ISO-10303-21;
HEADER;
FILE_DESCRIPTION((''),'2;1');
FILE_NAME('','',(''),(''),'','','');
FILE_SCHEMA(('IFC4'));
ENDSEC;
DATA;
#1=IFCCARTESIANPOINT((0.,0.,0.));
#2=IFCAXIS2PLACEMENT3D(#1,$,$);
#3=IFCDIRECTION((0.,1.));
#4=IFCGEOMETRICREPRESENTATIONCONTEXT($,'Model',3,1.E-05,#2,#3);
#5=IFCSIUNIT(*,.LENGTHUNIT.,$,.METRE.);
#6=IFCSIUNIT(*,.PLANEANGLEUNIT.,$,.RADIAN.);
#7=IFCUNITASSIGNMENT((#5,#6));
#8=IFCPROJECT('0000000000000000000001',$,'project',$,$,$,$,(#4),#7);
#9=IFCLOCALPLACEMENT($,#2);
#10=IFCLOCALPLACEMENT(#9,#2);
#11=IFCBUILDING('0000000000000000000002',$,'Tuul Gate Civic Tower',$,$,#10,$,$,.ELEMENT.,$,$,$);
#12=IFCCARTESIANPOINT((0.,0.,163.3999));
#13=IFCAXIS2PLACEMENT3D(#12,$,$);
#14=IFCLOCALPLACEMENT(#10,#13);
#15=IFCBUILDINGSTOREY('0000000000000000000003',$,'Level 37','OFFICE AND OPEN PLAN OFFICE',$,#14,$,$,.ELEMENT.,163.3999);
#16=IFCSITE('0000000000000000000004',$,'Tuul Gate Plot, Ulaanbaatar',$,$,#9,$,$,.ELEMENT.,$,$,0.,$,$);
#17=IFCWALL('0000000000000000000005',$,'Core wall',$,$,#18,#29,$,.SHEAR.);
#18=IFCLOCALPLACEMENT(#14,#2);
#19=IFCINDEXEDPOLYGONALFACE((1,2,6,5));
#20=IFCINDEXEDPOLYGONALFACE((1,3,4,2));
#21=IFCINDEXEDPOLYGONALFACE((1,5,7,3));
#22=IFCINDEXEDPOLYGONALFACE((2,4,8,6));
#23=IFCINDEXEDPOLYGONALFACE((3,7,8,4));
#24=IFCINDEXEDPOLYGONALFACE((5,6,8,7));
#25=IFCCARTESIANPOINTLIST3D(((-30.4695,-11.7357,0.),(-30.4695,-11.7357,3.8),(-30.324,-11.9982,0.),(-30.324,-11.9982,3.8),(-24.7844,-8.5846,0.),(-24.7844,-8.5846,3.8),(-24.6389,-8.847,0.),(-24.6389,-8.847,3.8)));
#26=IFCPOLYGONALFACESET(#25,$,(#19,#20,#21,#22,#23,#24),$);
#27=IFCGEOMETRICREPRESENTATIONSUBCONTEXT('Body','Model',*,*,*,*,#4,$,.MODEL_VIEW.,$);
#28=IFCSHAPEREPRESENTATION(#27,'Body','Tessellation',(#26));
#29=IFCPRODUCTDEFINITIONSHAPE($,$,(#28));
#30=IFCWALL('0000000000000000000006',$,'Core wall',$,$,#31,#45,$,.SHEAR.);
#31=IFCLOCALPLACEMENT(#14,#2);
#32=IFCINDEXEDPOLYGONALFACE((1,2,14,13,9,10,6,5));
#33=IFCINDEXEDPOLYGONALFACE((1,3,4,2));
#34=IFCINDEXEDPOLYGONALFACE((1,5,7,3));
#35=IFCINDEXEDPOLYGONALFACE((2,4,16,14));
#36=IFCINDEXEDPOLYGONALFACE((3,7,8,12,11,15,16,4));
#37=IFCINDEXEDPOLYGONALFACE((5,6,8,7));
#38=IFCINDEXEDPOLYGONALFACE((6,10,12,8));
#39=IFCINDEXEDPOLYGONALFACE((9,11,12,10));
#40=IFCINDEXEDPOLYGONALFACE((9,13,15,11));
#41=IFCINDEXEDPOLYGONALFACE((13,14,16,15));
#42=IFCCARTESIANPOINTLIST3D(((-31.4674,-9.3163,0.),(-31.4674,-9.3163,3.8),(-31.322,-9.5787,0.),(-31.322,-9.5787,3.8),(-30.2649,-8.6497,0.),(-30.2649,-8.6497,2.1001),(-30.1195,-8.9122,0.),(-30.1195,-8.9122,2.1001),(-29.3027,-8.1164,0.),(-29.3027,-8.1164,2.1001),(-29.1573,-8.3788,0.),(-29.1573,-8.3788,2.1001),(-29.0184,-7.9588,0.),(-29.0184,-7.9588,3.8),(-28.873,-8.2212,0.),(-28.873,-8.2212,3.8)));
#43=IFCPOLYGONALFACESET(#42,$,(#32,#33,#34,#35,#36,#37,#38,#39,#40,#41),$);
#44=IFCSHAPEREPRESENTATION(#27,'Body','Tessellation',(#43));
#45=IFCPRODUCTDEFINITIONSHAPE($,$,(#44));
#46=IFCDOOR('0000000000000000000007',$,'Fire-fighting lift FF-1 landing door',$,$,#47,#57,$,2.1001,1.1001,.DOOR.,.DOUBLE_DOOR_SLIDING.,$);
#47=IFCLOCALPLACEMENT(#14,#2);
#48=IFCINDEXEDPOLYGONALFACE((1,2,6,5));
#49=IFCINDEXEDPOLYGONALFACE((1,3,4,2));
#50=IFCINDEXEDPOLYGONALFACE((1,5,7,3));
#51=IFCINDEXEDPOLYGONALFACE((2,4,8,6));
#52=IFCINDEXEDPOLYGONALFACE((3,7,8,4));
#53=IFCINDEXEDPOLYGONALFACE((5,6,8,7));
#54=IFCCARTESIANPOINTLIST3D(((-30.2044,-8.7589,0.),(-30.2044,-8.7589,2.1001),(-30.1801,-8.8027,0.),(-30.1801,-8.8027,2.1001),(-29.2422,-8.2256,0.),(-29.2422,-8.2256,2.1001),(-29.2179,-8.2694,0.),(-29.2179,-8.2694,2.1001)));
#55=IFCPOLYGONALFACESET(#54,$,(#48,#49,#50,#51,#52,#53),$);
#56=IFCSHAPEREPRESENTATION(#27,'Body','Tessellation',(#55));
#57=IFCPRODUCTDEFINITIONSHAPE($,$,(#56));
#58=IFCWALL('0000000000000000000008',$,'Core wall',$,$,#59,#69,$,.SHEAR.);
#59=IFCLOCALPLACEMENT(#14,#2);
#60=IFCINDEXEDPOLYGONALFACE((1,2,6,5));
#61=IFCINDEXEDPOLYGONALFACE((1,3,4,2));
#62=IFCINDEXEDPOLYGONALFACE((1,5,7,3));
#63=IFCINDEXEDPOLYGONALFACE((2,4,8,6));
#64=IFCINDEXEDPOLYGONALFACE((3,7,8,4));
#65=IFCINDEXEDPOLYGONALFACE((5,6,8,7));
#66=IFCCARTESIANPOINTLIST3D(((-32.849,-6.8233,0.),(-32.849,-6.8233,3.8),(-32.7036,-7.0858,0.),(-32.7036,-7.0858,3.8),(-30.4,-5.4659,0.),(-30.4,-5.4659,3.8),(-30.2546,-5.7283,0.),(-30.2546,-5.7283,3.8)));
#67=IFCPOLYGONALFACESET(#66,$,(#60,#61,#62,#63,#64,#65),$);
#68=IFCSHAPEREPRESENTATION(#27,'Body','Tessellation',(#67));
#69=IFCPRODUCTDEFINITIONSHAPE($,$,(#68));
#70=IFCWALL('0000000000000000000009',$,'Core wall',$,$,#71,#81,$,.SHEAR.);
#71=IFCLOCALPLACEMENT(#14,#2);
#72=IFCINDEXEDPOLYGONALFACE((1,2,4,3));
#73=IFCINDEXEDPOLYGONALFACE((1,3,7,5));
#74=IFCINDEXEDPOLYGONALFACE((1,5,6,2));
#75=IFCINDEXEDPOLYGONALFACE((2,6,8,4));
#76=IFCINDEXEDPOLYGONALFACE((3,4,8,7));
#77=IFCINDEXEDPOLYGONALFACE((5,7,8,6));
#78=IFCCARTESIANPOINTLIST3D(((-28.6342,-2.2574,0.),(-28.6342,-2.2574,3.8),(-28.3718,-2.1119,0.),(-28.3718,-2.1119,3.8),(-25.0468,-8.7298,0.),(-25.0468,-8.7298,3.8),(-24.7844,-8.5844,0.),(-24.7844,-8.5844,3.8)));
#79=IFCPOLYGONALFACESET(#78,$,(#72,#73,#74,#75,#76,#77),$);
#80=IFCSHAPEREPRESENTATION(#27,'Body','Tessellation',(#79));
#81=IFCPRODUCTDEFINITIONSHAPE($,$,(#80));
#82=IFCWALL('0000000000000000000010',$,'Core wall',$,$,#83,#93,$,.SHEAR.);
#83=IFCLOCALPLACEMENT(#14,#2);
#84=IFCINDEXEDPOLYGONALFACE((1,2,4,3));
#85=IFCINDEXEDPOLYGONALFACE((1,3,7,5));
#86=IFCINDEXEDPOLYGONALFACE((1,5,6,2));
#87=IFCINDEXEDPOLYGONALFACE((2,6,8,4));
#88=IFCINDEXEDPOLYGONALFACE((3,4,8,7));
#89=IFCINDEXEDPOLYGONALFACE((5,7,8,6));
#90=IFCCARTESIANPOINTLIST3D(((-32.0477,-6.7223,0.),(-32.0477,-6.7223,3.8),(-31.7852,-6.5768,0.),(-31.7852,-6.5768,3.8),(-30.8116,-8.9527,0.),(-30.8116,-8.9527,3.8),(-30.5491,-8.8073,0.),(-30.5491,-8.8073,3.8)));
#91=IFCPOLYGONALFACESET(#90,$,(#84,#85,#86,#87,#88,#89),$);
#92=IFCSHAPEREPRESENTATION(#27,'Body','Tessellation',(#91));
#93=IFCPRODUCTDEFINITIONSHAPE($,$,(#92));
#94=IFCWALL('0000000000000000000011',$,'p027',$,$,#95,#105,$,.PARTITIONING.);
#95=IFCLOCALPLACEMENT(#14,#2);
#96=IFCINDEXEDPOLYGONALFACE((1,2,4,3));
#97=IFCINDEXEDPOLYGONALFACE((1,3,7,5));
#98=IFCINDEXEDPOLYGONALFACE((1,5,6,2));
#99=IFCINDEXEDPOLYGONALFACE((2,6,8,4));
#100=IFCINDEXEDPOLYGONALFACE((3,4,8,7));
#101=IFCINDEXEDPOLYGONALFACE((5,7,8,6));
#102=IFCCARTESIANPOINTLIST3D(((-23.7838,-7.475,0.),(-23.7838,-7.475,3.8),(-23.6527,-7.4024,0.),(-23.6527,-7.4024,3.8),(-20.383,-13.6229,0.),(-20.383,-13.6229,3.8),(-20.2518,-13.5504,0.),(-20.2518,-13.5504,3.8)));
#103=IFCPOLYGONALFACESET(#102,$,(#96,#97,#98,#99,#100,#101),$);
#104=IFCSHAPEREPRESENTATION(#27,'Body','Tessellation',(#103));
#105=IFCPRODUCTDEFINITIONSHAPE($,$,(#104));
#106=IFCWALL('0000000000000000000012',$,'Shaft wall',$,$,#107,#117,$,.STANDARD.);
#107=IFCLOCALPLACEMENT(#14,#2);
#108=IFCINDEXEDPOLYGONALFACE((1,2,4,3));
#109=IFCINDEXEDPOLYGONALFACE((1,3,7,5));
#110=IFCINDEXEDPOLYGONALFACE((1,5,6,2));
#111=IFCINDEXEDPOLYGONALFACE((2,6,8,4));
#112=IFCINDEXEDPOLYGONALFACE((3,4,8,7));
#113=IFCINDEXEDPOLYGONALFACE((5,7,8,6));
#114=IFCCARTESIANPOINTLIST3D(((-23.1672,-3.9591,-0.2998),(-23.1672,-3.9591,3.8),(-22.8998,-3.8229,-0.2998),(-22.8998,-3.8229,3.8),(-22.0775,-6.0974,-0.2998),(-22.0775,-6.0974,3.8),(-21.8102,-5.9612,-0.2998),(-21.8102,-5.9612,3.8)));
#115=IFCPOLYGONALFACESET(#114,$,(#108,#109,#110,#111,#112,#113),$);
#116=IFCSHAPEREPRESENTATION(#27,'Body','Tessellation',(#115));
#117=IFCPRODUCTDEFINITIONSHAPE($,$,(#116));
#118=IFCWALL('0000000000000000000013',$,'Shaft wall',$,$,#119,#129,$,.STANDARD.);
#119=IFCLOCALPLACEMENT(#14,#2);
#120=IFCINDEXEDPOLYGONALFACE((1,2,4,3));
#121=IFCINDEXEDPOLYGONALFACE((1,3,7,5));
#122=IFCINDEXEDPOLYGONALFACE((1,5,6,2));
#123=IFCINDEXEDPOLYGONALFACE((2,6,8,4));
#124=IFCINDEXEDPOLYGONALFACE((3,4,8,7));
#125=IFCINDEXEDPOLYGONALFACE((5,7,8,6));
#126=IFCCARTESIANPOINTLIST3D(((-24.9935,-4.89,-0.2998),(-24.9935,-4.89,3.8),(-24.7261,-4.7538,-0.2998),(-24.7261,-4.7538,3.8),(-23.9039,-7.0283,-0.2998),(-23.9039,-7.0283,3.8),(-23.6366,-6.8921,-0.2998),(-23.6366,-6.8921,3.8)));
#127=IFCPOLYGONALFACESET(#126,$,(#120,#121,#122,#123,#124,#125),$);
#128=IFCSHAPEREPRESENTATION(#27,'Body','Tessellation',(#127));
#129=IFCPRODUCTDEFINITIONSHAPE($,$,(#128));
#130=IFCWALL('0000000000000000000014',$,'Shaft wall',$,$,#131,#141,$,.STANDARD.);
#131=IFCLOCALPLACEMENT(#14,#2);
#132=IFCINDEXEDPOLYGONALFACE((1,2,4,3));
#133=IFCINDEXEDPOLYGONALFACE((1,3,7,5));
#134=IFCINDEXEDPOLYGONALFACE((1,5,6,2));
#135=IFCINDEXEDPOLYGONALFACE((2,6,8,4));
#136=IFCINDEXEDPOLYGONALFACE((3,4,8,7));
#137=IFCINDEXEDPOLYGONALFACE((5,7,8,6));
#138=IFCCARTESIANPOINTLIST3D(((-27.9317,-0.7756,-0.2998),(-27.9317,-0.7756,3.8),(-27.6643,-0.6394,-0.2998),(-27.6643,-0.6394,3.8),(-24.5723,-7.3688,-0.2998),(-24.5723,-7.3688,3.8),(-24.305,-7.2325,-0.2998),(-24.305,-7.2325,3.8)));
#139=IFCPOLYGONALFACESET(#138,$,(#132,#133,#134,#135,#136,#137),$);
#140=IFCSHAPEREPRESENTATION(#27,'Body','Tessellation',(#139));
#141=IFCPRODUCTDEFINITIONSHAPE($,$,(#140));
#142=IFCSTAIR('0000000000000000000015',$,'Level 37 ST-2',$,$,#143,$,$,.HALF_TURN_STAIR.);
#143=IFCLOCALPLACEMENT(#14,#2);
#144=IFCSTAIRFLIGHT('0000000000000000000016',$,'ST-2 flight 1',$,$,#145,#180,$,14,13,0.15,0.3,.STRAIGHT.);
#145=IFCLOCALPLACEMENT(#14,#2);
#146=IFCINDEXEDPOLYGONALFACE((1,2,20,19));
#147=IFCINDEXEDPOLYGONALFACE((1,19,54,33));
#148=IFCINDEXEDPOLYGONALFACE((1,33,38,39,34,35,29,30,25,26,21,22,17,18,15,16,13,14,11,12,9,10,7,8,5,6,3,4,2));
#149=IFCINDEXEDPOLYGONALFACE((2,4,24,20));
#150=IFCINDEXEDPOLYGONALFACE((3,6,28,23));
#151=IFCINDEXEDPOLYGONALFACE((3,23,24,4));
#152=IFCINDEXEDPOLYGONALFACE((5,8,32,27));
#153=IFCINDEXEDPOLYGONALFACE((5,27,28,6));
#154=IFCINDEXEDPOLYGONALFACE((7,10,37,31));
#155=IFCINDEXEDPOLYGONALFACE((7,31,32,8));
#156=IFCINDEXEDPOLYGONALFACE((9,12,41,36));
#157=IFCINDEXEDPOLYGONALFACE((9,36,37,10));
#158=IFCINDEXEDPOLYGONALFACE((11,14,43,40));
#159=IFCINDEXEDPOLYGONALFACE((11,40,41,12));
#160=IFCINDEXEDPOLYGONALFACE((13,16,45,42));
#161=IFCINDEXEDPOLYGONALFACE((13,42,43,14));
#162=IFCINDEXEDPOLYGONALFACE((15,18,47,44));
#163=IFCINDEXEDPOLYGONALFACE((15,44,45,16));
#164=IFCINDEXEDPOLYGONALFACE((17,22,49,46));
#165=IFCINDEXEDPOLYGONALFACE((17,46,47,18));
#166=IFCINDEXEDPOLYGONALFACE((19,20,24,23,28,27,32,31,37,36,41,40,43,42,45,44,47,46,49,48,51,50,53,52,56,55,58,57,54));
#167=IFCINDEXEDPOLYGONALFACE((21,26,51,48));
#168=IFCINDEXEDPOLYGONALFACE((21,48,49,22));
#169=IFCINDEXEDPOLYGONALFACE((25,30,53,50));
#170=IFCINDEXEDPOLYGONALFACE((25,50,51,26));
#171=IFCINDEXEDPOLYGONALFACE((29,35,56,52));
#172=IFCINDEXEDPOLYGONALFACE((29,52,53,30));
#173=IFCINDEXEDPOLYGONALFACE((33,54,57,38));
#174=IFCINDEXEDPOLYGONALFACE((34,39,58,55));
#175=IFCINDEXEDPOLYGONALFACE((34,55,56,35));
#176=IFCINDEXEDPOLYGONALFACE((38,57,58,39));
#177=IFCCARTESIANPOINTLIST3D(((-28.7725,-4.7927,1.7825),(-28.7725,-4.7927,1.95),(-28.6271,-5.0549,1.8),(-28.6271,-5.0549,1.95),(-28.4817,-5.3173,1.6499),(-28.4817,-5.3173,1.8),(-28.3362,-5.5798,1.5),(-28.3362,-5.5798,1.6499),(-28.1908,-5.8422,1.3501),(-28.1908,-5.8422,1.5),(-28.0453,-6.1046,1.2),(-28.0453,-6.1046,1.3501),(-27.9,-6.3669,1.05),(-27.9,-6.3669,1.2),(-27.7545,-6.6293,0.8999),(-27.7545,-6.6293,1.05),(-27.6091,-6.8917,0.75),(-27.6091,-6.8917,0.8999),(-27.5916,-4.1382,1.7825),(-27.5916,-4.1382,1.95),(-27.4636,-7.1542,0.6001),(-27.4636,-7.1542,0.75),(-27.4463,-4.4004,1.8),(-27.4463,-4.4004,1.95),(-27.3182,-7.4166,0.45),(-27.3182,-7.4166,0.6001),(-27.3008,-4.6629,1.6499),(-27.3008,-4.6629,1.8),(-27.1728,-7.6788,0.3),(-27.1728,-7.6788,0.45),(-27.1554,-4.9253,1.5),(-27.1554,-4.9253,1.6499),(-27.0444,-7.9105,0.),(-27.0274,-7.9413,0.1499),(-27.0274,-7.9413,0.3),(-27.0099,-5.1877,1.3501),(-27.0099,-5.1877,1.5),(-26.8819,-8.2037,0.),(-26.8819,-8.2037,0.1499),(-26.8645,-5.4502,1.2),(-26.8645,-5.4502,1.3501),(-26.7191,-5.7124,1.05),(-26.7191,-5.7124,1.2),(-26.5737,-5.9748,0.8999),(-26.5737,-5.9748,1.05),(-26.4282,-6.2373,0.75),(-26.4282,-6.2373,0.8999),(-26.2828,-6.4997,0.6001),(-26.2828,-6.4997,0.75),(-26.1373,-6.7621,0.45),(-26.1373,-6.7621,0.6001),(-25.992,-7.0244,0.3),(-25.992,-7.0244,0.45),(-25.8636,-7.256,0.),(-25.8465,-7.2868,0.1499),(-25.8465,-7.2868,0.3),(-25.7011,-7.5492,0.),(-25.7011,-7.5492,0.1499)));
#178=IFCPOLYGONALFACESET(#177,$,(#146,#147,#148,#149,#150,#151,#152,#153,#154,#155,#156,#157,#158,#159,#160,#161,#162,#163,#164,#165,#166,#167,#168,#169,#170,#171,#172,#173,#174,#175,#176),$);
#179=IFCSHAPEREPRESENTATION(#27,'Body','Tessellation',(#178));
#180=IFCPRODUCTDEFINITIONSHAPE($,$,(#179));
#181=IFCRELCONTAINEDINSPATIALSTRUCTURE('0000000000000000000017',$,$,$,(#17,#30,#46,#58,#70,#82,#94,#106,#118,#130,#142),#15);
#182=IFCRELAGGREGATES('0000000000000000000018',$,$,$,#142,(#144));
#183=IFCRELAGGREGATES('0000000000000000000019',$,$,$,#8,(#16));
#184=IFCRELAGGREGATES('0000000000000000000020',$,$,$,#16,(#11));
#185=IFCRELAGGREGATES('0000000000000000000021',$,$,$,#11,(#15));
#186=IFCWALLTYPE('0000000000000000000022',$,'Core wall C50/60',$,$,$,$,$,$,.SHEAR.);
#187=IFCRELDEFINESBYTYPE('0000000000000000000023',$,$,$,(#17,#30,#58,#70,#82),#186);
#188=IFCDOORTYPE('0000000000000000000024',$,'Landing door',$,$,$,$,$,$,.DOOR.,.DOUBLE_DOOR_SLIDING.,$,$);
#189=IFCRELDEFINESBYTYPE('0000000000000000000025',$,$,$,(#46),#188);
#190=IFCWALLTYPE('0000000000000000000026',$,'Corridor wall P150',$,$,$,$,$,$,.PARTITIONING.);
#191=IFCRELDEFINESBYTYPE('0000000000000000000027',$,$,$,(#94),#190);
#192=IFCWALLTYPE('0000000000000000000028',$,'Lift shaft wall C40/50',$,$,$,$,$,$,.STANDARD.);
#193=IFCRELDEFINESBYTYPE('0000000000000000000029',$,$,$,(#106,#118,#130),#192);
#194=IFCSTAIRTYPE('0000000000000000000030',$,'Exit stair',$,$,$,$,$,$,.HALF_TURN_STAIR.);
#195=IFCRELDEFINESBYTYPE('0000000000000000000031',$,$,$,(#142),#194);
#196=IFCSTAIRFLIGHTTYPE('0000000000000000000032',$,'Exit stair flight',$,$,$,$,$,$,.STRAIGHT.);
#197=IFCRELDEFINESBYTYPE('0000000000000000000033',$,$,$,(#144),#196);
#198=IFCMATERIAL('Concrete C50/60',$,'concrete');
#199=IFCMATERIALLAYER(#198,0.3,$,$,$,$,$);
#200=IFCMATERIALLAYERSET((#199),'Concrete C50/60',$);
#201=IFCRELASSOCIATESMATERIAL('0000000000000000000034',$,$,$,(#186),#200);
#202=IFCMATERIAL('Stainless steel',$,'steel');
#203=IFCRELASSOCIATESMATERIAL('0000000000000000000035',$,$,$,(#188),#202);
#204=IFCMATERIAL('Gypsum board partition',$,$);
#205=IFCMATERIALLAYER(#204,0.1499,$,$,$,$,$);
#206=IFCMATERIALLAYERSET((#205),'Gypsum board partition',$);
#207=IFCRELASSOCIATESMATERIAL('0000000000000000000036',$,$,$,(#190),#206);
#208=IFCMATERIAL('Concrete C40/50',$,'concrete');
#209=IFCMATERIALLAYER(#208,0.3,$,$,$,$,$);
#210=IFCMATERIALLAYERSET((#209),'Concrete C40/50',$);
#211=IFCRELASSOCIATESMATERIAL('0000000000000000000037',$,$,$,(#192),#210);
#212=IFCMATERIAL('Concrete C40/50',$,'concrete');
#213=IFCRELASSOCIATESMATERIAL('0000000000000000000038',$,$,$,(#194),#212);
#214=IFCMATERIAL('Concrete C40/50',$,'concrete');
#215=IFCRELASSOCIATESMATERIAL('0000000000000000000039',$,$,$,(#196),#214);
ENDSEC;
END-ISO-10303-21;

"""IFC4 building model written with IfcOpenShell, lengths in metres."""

from ifc_helpers import new_model, si_unit, direction, frame, frame_2d, origin, place, context, subcontext, project, spatial, polyline, rectangle, outline, extrude, material, layer, layer_set, type_object, element, fill, aggregate, save


model = new_model("IFC4")

# Units and contexts
model_context = context("Model", 3, precision=1e-05, world=origin(), true_north=direction((0.0, 1.0)))
body_context = subcontext(model_context, "Body", "Model", "MODEL_VIEW")
ifc_project = project(units=[si_unit("LENGTHUNIT", "METRE"), si_unit("PLANEANGLEUNIT", "RADIAN")], contexts=[model_context])

# Site, building, storey
site_placement = place(None, origin())
site = spatial("IfcSite", under=ifc_project, at=site_placement, Name="Tuul Gate Plot, Ulaanbaatar", CompositionType="ELEMENT", RefElevation=0.0)
building_placement = place(site_placement, origin())
building = spatial("IfcBuilding", under=site, at=building_placement, Name="Tuul Gate Civic Tower", CompositionType="ELEMENT")
storey_placement = place(building_placement, frame((0.0, 0.0, 163.3999)))
storey = spatial("IfcBuildingStorey", under=building, at=storey_placement, Name="Level 37", Description="OFFICE AND OPEN PLAN OFFICE", CompositionType="ELEMENT", Elevation=163.3999)

# Wall
ifc_material_1 = material(Name="Concrete C50/60", Category="concrete")
ifc_layer_1 = layer(ifc_material_1, 0.3)
ifc_layer_set_1 = layer_set([ifc_layer_1], Name="Concrete C50/60")
wall_type_1 = type_object("IfcWallType", Name="Core wall C50/60", PredefinedType="SHEAR", material=ifc_layer_set_1)
wall_1_placement = place(storey_placement, frame((-24.7117, -8.7158, 0.0), z_axis=(0.0, 0.0, 1.0), x_axis=(-0.87463, -0.484791, 0.0)))
element("IfcWall", 1, at=wall_1_placement, inside=storey, type_object=wall_type_1, Name="Core wall", PredefinedType="SHEAR", context=body_context, shape_type="SweptSolid", body=[
    extrude(rectangle(XDim=6.5, YDim=0.3, at=frame_2d((3.25, 0.0))), origin(), (0.0, 0.0, 1.0), 3.8),
])

# Wall, opening, door
wall_2_placement = place(storey_placement, frame((-28.9458, -8.0901, 0.0), z_axis=(0.0, 0.0, 1.0), x_axis=(-0.87463, -0.484791, 0.0)))
wall_2 = element("IfcWall", 2, at=wall_2_placement, inside=storey, type_object=wall_type_1, Name="Core wall", PredefinedType="SHEAR", context=body_context, shape_type="SweptSolid", body=[
    extrude(rectangle(XDim=2.8, YDim=0.3, at=frame_2d((1.3999, 0.0))), origin(), (0.0, 0.0, 1.0), 3.8),
])
opening_placement = place(wall_2_placement, frame((0.325, 0.0, 0.0)))
opening = element("IfcOpeningElement", 3, at=opening_placement, cuts=wall_2, PredefinedType="OPENING", context=body_context, shape_type="SweptSolid", body=[
    extrude(rectangle(XDim=1.1001, YDim=2.1001, at=frame_2d((0.55, 1.05))), frame((0.0, 0.1602, 0.0), z_axis=(0.0, -1.0, 0.0), x_axis=(1.0, 0.0, 0.0)), (0.0, 0.0, 1.0), 0.3201),
])
ifc_material_2 = material(Name="Stainless steel", Category="steel")
door_type = type_object("IfcDoorType", Name="Landing door", OperationType="DOUBLE_DOOR_SLIDING", PredefinedType="DOOR", material=ifc_material_2)
door_placement = place(opening_placement, origin())
door = element("IfcDoor", 4, at=door_placement, inside=storey, type_object=door_type, Name="Fire-fighting lift FF-1 landing door", OperationType="DOUBLE_DOOR_SLIDING", OverallHeight=2.1001, OverallWidth=1.1001, PredefinedType="DOOR", context=body_context, shape_type="SweptSolid", body=[
    extrude(rectangle(XDim=1.1001, YDim=2.1001, at=frame_2d((0.55, 1.05))), frame((0.0, 0.0249, 0.0), z_axis=(0.0, -1.0, 0.0), x_axis=(1.0, 0.0, 0.0)), (0.0, 0.0, 1.0), 0.05),
])
fill(opening, door)

# Walls
wall_3_placement = place(storey_placement, frame((-30.3274, -5.5972, 0.0), z_axis=(0.0, 0.0, 1.0), x_axis=(-0.87463, -0.484791, 0.0)))
element("IfcWall", 5, at=wall_3_placement, inside=storey, type_object=wall_type_1, Name="Core wall", PredefinedType="SHEAR", context=body_context, shape_type="SweptSolid", body=[
    extrude(rectangle(XDim=2.8, YDim=0.3, at=frame_2d((1.3999, 0.0))), origin(), (0.0, 0.0, 1.0), 3.8),
])
wall_4_placement = place(storey_placement, frame((-24.9155, -8.6572, 0.0), z_axis=(0.0, 0.0, 1.0), x_axis=(-0.484777, 0.874638, 0.0)))
element("IfcWall", 6, at=wall_4_placement, inside=storey, type_object=wall_type_1, Name="Core wall", PredefinedType="SHEAR", context=body_context, shape_type="SweptSolid", body=[
    extrude(rectangle(XDim=7.4001, YDim=0.3, at=frame_2d((3.7002, 0.0))), origin(), (0.0, 0.0, 1.0), 3.8),
])
wall_5_placement = place(storey_placement, frame((-30.6804, -8.8799, 0.0), z_axis=(0.0, 0.0, 1.0), x_axis=(-0.484724, 0.874667, 0.0)))
element("IfcWall", 7, at=wall_5_placement, inside=storey, type_object=wall_type_1, Name="Core wall", PredefinedType="SHEAR", context=body_context, shape_type="SweptSolid", body=[
    extrude(rectangle(XDim=2.55, YDim=0.3, at=frame_2d((1.2749, 0.0))), origin(), (0.0, 0.0, 1.0), 3.8),
])
ifc_material_3 = material(Name="Gypsum board partition")
ifc_layer_2 = layer(ifc_material_3, 0.1499)
ifc_layer_set_2 = layer_set([ifc_layer_2], Name="Gypsum board partition")
wall_type_2 = type_object("IfcWallType", Name="Corridor wall P150", PredefinedType="PARTITIONING", material=ifc_layer_set_2)
wall_6_placement = place(storey_placement, frame((-23.7183, -7.4387, 0.0), z_axis=(0.0, 0.0, 1.0), x_axis=(0.484049, -0.875041, 0.0)))
element("IfcWall", 8, at=wall_6_placement, inside=storey, type_object=wall_type_2, Name="p027", PredefinedType="PARTITIONING", context=body_context, shape_type="SweptSolid", body=[
    extrude(rectangle(XDim=7.0259, YDim=0.1499, at=frame_2d((3.5129, 0.0))), origin(), (0.0, 0.0, 1.0), 3.8),
])
ifc_material_4 = material(Name="Concrete C40/50", Category="concrete")
ifc_layer_3 = layer(ifc_material_4, 0.3)
ifc_layer_set_3 = layer_set([ifc_layer_3], Name="Concrete C40/50")
wall_type_3 = type_object("IfcWallType", Name="Lift shaft wall C40/50", PredefinedType="STANDARD", material=ifc_layer_set_3)
for number, where, z_axis, x_axis, name in (
    (9, (-21.9438, -6.0293, -0.2998), (0.0, 0.0, 1.0), (-0.454037, 0.890983, 0.0), "Shaft wall"),
    (10, (-23.7703, -6.9602, -0.2998), (0.0, 0.0, 1.0), (-0.453996, 0.891004, 0.0), "Shaft wall"),
):
    element("IfcWall", number, at=place(storey_placement, frame(where, z_axis=z_axis, x_axis=x_axis)), inside=storey, type_object=wall_type_3, Name=name, PredefinedType="STANDARD", context=body_context, shape_type="SweptSolid", body=[
        extrude(rectangle(XDim=2.3999, YDim=0.3, at=frame_2d((1.2, 0.0))), origin(), (0.0, 0.0, 1.0), 4.0999),
    ])
wall_7_placement = place(storey_placement, frame((-24.4387, -7.3005, -0.2998), z_axis=(0.0, 0.0, 1.0), x_axis=(-0.453984, 0.89101, 0.0)))
element("IfcWall", 11, at=wall_7_placement, inside=storey, type_object=wall_type_3, Name="Shaft wall", PredefinedType="STANDARD", context=body_context, shape_type="SweptSolid", body=[
    extrude(rectangle(XDim=7.3997, YDim=0.3, at=frame_2d((3.6997, 0.0))), origin(), (0.0, 0.0, 1.0), 4.0999),
])

# Stair, stair flight
ifc_material_5 = material(Name="Concrete C40/50", Category="concrete")
stair_type = type_object("IfcStairType", Name="Exit stair", PredefinedType="HALF_TURN_STAIR", material=ifc_material_5)
stair_placement = place(storey_placement, origin())
stair = element("IfcStair", 12, at=stair_placement, inside=storey, type_object=stair_type, Name="Level 37 ST-2", PredefinedType="HALF_TURN_STAIR")
ifc_material_6 = material(Name="Concrete C40/50", Category="concrete")
stair_flight_type = type_object("IfcStairFlightType", Name="Exit stair flight", PredefinedType="STRAIGHT", material=ifc_material_6)
stair_flight_placement = place(storey_placement, frame((-26.2915, -7.8765, 0.0), z_axis=(0.0, 0.0, 1.0), x_axis=(-0.484762, 0.874646, 0.0)))
stair_flight = element("IfcStairFlight", 13, at=stair_flight_placement, type_object=stair_flight_type, Name="ST-2 flight 1", NumberOfRisers=14, NumberOfTreads=13, PredefinedType="STRAIGHT", RiserHeight=0.15, TreadLength=0.3, context=body_context, shape_type="SweptSolid", body=[
    extrude(outline(polyline([(0.0, 0.0), (0.0, 0.1499), (0.3, 0.1499), (0.3, 0.3), (0.6001, 0.3), (0.6001, 0.45), (0.8999, 0.45), (0.8999, 0.6001), (1.2, 0.6001), (1.2, 0.75), (1.5, 0.75), (1.5, 0.8999), (1.8, 0.8999), (1.8, 1.05), (2.1001, 1.05), (2.1001, 1.2), (2.3999, 1.2), (2.3999, 1.3501), (2.7, 1.3501), (2.7, 1.5), (3.0, 1.5), (3.0, 1.6499), (3.3, 1.6499), (3.3, 1.8), (3.6001, 1.8), (3.6001, 1.95), (3.8999, 1.95), (3.8999, 2.1001), (3.8999, 1.7825), (0.3352, 0.0), (0.0, 0.0)])), frame((0.0, 0.675, 0.0), z_axis=(0.0, -1.0, 0.0), x_axis=(1.0, 0.0, 0.0)), (0.0, 0.0, 1.0), 1.3501),
])
aggregate(stair, [stair_flight])

save(model, "model.ifc")
